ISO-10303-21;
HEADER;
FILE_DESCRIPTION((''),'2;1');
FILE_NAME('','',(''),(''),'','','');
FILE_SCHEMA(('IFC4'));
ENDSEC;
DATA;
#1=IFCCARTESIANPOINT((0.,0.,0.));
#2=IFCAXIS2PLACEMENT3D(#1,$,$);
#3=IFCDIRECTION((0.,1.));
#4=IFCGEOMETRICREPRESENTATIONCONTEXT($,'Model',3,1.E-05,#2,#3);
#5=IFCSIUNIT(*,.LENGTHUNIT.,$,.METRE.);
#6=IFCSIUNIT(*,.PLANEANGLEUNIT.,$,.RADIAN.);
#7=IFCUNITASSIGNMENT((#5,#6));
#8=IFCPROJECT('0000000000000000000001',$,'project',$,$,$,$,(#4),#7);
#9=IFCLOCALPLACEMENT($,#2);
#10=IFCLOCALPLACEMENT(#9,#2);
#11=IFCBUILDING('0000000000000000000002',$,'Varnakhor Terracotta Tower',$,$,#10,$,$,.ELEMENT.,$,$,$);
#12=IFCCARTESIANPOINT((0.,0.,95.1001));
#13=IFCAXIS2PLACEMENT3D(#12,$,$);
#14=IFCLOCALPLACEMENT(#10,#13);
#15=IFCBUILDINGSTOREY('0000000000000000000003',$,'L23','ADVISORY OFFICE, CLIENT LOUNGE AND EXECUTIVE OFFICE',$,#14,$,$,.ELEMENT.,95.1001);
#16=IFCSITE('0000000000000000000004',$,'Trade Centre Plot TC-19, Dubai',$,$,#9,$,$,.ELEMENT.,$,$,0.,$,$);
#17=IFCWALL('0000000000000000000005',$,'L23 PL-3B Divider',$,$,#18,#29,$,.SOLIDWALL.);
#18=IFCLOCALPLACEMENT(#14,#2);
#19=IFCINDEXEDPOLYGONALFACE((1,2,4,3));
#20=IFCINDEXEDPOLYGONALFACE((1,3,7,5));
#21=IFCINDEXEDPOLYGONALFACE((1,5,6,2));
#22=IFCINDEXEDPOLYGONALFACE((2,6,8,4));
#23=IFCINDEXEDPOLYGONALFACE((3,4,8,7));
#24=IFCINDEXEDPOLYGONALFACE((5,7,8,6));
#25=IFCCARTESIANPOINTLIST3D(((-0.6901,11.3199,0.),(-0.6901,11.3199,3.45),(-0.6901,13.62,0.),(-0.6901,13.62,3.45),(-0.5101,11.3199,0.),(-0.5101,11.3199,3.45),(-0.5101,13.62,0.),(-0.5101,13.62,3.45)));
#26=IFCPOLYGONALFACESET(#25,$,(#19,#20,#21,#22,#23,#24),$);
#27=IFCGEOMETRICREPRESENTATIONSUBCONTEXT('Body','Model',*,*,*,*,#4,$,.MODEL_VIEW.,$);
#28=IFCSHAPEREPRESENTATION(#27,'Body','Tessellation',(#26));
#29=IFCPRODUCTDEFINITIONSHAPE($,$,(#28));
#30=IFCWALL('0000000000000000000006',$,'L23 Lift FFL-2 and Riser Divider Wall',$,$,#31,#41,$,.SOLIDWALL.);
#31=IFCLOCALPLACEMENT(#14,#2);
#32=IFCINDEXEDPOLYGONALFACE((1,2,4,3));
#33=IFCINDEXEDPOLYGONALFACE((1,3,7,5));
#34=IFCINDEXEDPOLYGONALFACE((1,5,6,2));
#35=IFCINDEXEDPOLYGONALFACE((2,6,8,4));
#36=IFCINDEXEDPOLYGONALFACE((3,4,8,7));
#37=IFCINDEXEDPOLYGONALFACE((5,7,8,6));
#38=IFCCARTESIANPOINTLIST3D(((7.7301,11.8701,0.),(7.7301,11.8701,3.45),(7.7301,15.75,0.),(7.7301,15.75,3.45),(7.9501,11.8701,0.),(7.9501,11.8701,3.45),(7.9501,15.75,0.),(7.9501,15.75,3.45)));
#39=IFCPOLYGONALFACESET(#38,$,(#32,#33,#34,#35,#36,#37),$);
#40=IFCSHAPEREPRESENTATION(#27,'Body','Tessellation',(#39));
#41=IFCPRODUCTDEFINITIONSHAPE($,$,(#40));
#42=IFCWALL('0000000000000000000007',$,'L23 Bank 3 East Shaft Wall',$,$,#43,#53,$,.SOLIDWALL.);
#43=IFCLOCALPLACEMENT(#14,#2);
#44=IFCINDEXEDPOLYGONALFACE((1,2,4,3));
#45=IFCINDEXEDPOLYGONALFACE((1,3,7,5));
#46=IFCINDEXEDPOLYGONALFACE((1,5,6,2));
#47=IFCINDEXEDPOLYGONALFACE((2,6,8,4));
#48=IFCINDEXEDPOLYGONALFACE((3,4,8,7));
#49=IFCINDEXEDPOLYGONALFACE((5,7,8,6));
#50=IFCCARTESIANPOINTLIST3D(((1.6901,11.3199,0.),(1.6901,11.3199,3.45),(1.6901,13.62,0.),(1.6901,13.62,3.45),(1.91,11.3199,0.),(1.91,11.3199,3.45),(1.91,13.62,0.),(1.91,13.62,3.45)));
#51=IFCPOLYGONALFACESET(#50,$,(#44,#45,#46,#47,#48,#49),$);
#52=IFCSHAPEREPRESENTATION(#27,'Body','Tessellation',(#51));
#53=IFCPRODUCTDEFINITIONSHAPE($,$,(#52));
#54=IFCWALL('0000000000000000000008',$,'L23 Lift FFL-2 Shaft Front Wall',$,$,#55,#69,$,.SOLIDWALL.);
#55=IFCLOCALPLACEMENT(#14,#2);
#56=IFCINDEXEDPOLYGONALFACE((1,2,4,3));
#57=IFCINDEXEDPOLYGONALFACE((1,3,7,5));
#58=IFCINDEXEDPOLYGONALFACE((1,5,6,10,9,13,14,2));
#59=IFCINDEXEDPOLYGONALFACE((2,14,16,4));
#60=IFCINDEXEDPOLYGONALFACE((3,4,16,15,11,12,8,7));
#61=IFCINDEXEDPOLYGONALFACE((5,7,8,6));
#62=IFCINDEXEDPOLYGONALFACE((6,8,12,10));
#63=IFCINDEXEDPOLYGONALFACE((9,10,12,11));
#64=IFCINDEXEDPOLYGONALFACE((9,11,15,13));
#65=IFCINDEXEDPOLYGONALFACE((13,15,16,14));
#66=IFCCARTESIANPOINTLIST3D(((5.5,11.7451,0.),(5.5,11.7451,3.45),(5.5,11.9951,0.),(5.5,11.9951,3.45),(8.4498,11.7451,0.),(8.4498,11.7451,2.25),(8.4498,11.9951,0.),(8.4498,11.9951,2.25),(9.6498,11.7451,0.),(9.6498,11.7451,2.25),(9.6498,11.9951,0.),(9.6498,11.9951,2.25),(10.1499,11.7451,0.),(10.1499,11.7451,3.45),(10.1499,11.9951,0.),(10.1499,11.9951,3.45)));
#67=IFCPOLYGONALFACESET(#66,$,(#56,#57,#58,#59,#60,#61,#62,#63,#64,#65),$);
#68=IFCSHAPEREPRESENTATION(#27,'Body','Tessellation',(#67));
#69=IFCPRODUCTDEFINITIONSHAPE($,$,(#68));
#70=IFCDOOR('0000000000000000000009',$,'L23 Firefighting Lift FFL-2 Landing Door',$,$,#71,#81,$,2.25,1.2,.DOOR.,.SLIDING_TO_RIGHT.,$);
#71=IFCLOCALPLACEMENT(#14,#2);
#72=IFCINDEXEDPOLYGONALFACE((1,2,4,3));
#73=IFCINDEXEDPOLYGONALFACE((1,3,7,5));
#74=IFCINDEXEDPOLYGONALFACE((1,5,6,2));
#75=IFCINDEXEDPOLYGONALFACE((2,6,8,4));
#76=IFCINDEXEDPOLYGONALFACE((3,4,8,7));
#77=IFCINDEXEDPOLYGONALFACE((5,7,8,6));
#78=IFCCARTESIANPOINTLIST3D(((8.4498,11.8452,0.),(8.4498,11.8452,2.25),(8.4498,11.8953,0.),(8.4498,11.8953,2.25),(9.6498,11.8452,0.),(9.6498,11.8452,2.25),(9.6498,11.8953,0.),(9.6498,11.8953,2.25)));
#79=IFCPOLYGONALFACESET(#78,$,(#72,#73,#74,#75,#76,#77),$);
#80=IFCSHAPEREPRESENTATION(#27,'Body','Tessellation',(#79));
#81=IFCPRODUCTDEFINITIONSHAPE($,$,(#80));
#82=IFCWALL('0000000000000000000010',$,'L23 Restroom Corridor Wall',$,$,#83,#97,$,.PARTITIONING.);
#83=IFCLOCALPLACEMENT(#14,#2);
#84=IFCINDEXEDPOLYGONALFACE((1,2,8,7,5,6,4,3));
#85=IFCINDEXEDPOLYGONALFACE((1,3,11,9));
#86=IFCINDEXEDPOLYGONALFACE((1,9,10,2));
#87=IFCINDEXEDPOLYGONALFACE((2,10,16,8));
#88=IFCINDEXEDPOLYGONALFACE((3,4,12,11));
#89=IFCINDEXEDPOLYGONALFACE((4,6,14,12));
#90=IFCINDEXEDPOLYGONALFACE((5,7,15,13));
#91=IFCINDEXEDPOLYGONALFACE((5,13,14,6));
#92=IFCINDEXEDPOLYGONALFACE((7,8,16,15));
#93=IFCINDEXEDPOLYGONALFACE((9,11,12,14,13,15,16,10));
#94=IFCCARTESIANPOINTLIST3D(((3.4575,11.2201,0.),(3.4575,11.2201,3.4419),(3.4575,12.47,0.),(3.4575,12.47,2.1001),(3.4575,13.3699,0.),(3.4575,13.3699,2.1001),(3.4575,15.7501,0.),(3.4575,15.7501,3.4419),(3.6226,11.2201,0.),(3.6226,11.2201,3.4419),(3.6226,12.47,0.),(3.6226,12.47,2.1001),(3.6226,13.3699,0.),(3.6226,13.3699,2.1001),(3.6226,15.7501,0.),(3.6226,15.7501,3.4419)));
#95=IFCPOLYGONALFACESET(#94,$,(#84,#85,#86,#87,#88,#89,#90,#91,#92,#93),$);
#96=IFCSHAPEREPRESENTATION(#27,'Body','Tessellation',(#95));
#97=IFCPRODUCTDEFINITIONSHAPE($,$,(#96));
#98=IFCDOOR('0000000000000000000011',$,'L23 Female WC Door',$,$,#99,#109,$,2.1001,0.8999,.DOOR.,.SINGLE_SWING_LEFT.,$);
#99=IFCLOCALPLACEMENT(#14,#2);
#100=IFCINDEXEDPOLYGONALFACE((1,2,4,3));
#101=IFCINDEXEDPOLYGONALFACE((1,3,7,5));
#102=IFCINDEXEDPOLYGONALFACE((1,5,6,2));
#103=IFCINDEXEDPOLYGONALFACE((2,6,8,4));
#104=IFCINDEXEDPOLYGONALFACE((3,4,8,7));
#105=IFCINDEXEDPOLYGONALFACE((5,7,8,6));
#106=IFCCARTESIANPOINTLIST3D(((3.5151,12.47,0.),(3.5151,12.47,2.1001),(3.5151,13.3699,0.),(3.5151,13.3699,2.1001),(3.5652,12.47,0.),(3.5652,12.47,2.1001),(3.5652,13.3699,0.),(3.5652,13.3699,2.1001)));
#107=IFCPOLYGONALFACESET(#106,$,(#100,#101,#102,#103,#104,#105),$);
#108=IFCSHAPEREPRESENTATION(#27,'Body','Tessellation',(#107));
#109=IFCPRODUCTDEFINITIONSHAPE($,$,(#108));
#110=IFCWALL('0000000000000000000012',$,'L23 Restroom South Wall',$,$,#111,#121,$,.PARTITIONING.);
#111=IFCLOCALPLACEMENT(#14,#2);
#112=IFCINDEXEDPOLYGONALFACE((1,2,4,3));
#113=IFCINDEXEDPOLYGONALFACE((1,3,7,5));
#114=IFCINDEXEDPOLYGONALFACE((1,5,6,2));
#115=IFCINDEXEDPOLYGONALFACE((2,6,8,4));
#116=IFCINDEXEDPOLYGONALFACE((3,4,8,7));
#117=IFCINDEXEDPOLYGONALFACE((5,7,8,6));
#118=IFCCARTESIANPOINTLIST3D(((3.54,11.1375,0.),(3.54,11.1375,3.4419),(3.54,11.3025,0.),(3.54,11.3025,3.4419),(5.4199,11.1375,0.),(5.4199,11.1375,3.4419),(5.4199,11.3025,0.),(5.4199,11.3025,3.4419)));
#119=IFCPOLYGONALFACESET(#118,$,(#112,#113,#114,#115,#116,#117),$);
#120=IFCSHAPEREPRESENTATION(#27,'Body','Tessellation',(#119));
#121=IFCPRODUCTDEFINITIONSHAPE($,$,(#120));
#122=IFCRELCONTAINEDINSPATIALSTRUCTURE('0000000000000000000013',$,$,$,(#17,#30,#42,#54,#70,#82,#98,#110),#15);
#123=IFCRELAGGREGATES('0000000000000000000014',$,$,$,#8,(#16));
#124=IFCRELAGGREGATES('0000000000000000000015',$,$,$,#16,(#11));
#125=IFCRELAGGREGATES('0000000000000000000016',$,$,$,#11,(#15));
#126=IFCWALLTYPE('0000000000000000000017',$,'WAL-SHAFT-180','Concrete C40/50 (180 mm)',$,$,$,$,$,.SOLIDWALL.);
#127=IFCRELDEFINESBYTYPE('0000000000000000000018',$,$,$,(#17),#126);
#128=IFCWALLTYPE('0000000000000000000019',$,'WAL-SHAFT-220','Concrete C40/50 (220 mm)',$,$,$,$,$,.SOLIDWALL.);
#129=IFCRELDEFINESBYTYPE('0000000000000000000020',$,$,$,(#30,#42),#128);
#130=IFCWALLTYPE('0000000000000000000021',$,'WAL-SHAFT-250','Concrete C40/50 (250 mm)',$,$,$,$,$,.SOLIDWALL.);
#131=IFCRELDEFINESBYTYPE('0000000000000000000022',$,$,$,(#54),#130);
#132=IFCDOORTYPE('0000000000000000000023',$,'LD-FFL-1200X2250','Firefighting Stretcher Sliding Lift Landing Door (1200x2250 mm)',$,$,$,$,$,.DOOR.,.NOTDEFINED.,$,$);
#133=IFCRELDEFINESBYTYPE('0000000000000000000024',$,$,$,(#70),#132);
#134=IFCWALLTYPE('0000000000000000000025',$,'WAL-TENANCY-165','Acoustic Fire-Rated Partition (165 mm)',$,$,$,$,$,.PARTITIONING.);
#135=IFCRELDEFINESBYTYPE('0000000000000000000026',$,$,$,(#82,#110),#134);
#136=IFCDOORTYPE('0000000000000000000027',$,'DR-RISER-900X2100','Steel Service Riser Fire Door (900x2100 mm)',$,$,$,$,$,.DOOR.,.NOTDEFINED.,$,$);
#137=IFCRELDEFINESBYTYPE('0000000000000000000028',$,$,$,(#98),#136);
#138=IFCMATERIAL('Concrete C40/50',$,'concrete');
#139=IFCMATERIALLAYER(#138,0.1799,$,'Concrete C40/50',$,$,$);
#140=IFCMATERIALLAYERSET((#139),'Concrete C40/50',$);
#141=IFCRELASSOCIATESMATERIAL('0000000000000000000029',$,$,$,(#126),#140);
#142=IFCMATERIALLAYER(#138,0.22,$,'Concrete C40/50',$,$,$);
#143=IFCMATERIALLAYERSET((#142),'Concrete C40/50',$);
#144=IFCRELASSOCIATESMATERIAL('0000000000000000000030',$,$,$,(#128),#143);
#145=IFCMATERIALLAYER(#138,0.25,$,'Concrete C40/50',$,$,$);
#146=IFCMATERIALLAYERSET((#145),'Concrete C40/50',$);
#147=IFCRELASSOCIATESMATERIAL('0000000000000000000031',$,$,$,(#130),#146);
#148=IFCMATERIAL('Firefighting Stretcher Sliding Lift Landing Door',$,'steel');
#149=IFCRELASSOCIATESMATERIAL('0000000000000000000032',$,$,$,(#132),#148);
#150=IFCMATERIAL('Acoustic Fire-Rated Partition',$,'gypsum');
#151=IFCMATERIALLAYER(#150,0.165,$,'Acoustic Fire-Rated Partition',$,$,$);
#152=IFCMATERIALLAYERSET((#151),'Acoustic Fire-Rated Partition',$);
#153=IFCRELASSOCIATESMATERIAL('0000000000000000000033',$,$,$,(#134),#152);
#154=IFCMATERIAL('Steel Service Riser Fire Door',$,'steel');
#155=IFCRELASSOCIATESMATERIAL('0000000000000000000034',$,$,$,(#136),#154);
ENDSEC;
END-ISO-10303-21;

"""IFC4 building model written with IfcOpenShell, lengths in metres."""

from ifc_helpers import new_model, si_unit, direction, frame, frame_2d, origin, place, context, subcontext, project, spatial, rectangle, extrude, source, transform, mapped, material, layer, layer_set, type_object, type_shapes, element, fill, save


model = new_model("IFC4")

# Units and contexts
model_context = context("Model", 3, precision=1e-05, world=origin(), true_north=direction((0.0, 1.0)))
body_context = subcontext(model_context, "Body", "Model", "MODEL_VIEW")
ifc_project = project(units=[si_unit("LENGTHUNIT", "METRE"), si_unit("PLANEANGLEUNIT", "RADIAN")], contexts=[model_context])

# Site, building, storey
site_placement = place(None, origin())
site = spatial("IfcSite", under=ifc_project, at=site_placement, Name="Trade Centre Plot TC-19, Dubai", CompositionType="ELEMENT", RefElevation=0.0)
building_placement = place(site_placement, origin())
building = spatial("IfcBuilding", under=site, at=building_placement, Name="Varnakhor Terracotta Tower", CompositionType="ELEMENT")
storey_placement = place(building_placement, frame((0.0, 0.0, 95.1001)))
storey = spatial("IfcBuildingStorey", under=building, at=storey_placement, Name="L23", Description="ADVISORY OFFICE, CLIENT LOUNGE AND EXECUTIVE OFFICE", CompositionType="ELEMENT", Elevation=95.1001)

# Walls
ifc_material_1 = material(Name="Concrete C40/50", Category="concrete")
ifc_layer_1 = layer(ifc_material_1, 0.1799, Name="Concrete C40/50")
ifc_layer_set_1 = layer_set([ifc_layer_1], Name="Concrete C40/50")
wall_type_1 = type_object("IfcWallType", Name="WAL-SHAFT-180", Description="Concrete C40/50 (180 mm)", PredefinedType="SOLIDWALL", material=ifc_layer_set_1)
wall_1_placement = place(storey_placement, frame((-0.6001, 11.3201, 0.0), z_axis=(0.0, 0.0, 1.0), x_axis=(0.0, 1.0, 0.0)))
element("IfcWall", 1, at=wall_1_placement, inside=storey, type_object=wall_type_1, Name="L23 PL-3B Divider", PredefinedType="SOLIDWALL", context=body_context, shape_type="SweptSolid", body=[
    extrude(rectangle(XDim=2.3, YDim=0.1799, at=frame_2d((1.1499, 0.0))), origin(), (0.0, 0.0, 1.0), 3.45),
])
ifc_layer_2 = layer(ifc_material_1, 0.22, Name="Concrete C40/50")
ifc_layer_set_2 = layer_set([ifc_layer_2], Name="Concrete C40/50")
wall_type_2 = type_object("IfcWallType", Name="WAL-SHAFT-220", Description="Concrete C40/50 (220 mm)", PredefinedType="SOLIDWALL", material=ifc_layer_set_2)
wall_2_placement = place(storey_placement, frame((7.8401, 11.8701, 0.0), z_axis=(0.0, 0.0, 1.0), x_axis=(0.0, 1.0, 0.0)))
element("IfcWall", 2, at=wall_2_placement, inside=storey, type_object=wall_type_2, Name="L23 Lift FFL-2 and Riser Divider Wall", PredefinedType="SOLIDWALL", context=body_context, shape_type="SweptSolid", body=[
    extrude(rectangle(XDim=3.8799, YDim=0.22, at=frame_2d((1.9399, 0.0))), origin(), (0.0, 0.0, 1.0), 3.45),
])
wall_3_placement = place(storey_placement, frame((1.8, 11.3201, 0.0), z_axis=(0.0, 0.0, 1.0), x_axis=(0.0, 1.0, 0.0)))
element("IfcWall", 3, at=wall_3_placement, inside=storey, type_object=wall_type_2, Name="L23 Bank 3 East Shaft Wall", PredefinedType="SOLIDWALL", context=body_context, shape_type="SweptSolid", body=[
    extrude(rectangle(XDim=2.3, YDim=0.22, at=frame_2d((1.1499, 0.0))), origin(), (0.0, 0.0, 1.0), 3.45),
])

# Walls, openings, doors
ifc_layer_3 = layer(ifc_material_1, 0.25, Name="Concrete C40/50")
ifc_layer_set_3 = layer_set([ifc_layer_3], Name="Concrete C40/50")
wall_type_3 = type_object("IfcWallType", Name="WAL-SHAFT-250", Description="Concrete C40/50 (250 mm)", PredefinedType="SOLIDWALL", material=ifc_layer_set_3)
wall_4_placement = place(storey_placement, frame((10.1499, 11.8701, 0.0), z_axis=(0.0, 0.0, 1.0), x_axis=(-1.0, 0.0, 0.0)))
wall_4 = element("IfcWall", 4, at=wall_4_placement, inside=storey, type_object=wall_type_3, Name="L23 Lift FFL-2 Shaft Front Wall", PredefinedType="SOLIDWALL", context=body_context, shape_type="SweptSolid", body=[
    extrude(rectangle(XDim=4.6499, YDim=0.25, at=frame_2d((2.325, 0.0))), origin(), (0.0, 0.0, 1.0), 3.45),
])
opening_1_placement = place(wall_4_placement, frame((0.5, 0.0, 0.0)))
opening_1 = element("IfcOpeningElement", 5, at=opening_1_placement, cuts=wall_4, PredefinedType="OPENING", context=body_context, shape_type="SweptSolid", body=[
    extrude(rectangle(XDim=1.2, YDim=2.25, at=frame_2d((0.6001, 1.125))), frame((0.0, 0.135, 0.0), z_axis=(0.0, -1.0, 0.0), x_axis=(1.0, 0.0, 0.0)), (0.0, 0.0, 1.0), 0.27),
])
ifc_material_2 = material(Name="Firefighting Stretcher Sliding Lift Landing Door", Category="steel")
door_type_1 = type_object("IfcDoorType", Name="LD-FFL-1200X2250", Description="Firefighting Stretcher Sliding Lift Landing Door (1200x2250 mm)", OperationType="NOTDEFINED", PredefinedType="DOOR", material=ifc_material_2)
shared_shape_1 = source(origin(), body_context, "Body", "SweptSolid", [
    extrude(rectangle(XDim=1.2, YDim=2.25, at=frame_2d((0.6001, 1.125))), frame((0.0, 0.0249, 0.0), z_axis=(0.0, -1.0, 0.0), x_axis=(1.0, 0.0, 0.0)), (0.0, 0.0, 1.0), 0.05),
])
type_shapes(door_type_1, [shared_shape_1])
door_1_placement = place(opening_1_placement, origin())
door_1 = element("IfcDoor", 6, at=door_1_placement, inside=storey, type_object=door_type_1, Name="L23 Firefighting Lift FFL-2 Landing Door", OperationType="SLIDING_TO_RIGHT", OverallHeight=2.25, OverallWidth=1.2, PredefinedType="DOOR", context=body_context, shape_type="MappedRepresentation", body=[
    mapped(shared_shape_1, transform((0.0, 0.0, 0.0), scale=1.0)),
])
fill(opening_1, door_1)
ifc_material_3 = material(Name="Acoustic Fire-Rated Partition", Category="gypsum")
ifc_layer_4 = layer(ifc_material_3, 0.165, Name="Acoustic Fire-Rated Partition")
ifc_layer_set_4 = layer_set([ifc_layer_4], Name="Acoustic Fire-Rated Partition")
wall_type_4 = type_object("IfcWallType", Name="WAL-TENANCY-165", Description="Acoustic Fire-Rated Partition (165 mm)", PredefinedType="PARTITIONING", material=ifc_layer_set_4)
wall_5_placement = place(storey_placement, frame((3.54, 11.22, 0.0), z_axis=(0.0, 0.0, 1.0), x_axis=(0.0, 1.0, 0.0)))
wall_5 = element("IfcWall", 7, at=wall_5_placement, inside=storey, type_object=wall_type_4, Name="L23 Restroom Corridor Wall", PredefinedType="PARTITIONING", context=body_context, shape_type="SweptSolid", body=[
    extrude(rectangle(XDim=4.53, YDim=0.165, at=frame_2d((2.2651, 0.0))), origin(), (0.0, 0.0, 1.0), 3.4419),
])
opening_2_placement = place(wall_5_placement, frame((1.25, 0.0, 0.0)))
opening_2 = element("IfcOpeningElement", 8, at=opening_2_placement, cuts=wall_5, PredefinedType="OPENING", context=body_context, shape_type="SweptSolid", body=[
    extrude(rectangle(XDim=0.8999, YDim=2.1001, at=frame_2d((0.45, 1.05))), frame((0.0, 0.0925, 0.0), z_axis=(0.0, -1.0, 0.0), x_axis=(1.0, 0.0, 0.0)), (0.0, 0.0, 1.0), 0.1851),
])
ifc_material_4 = material(Name="Steel Service Riser Fire Door", Category="steel")
door_type_2 = type_object("IfcDoorType", Name="DR-RISER-900X2100", Description="Steel Service Riser Fire Door (900x2100 mm)", OperationType="NOTDEFINED", PredefinedType="DOOR", material=ifc_material_4)
shared_shape_2 = source(origin(), body_context, "Body", "SweptSolid", [
    extrude(rectangle(XDim=0.8999, YDim=2.1001, at=frame_2d((0.45, 1.05))), frame((0.0, 0.0249, 0.0), z_axis=(0.0, -1.0, 0.0), x_axis=(1.0, 0.0, 0.0)), (0.0, 0.0, 1.0), 0.05),
])
type_shapes(door_type_2, [shared_shape_2])
door_2_placement = place(opening_2_placement, origin())
door_2 = element("IfcDoor", 9, at=door_2_placement, inside=storey, type_object=door_type_2, Name="L23 Female WC Door", OperationType="SINGLE_SWING_LEFT", OverallHeight=2.1001, OverallWidth=0.8999, PredefinedType="DOOR", context=body_context, shape_type="MappedRepresentation", body=[
    mapped(shared_shape_2, transform((0.0, 0.0, 0.0), scale=1.0)),
])
fill(opening_2, door_2)

# Wall
wall_6_placement = place(storey_placement, frame((3.54, 11.22, 0.0), z_axis=(0.0, 0.0, 1.0), x_axis=(1.0, 0.0, 0.0)))
element("IfcWall", 10, at=wall_6_placement, inside=storey, type_object=wall_type_4, Name="L23 Restroom South Wall", PredefinedType="PARTITIONING", context=body_context, shape_type="SweptSolid", body=[
    extrude(rectangle(XDim=1.8799, YDim=0.165, at=frame_2d((0.9399, 0.0))), origin(), (0.0, 0.0, 1.0), 3.4419),
])

save(model, "model.ifc")
